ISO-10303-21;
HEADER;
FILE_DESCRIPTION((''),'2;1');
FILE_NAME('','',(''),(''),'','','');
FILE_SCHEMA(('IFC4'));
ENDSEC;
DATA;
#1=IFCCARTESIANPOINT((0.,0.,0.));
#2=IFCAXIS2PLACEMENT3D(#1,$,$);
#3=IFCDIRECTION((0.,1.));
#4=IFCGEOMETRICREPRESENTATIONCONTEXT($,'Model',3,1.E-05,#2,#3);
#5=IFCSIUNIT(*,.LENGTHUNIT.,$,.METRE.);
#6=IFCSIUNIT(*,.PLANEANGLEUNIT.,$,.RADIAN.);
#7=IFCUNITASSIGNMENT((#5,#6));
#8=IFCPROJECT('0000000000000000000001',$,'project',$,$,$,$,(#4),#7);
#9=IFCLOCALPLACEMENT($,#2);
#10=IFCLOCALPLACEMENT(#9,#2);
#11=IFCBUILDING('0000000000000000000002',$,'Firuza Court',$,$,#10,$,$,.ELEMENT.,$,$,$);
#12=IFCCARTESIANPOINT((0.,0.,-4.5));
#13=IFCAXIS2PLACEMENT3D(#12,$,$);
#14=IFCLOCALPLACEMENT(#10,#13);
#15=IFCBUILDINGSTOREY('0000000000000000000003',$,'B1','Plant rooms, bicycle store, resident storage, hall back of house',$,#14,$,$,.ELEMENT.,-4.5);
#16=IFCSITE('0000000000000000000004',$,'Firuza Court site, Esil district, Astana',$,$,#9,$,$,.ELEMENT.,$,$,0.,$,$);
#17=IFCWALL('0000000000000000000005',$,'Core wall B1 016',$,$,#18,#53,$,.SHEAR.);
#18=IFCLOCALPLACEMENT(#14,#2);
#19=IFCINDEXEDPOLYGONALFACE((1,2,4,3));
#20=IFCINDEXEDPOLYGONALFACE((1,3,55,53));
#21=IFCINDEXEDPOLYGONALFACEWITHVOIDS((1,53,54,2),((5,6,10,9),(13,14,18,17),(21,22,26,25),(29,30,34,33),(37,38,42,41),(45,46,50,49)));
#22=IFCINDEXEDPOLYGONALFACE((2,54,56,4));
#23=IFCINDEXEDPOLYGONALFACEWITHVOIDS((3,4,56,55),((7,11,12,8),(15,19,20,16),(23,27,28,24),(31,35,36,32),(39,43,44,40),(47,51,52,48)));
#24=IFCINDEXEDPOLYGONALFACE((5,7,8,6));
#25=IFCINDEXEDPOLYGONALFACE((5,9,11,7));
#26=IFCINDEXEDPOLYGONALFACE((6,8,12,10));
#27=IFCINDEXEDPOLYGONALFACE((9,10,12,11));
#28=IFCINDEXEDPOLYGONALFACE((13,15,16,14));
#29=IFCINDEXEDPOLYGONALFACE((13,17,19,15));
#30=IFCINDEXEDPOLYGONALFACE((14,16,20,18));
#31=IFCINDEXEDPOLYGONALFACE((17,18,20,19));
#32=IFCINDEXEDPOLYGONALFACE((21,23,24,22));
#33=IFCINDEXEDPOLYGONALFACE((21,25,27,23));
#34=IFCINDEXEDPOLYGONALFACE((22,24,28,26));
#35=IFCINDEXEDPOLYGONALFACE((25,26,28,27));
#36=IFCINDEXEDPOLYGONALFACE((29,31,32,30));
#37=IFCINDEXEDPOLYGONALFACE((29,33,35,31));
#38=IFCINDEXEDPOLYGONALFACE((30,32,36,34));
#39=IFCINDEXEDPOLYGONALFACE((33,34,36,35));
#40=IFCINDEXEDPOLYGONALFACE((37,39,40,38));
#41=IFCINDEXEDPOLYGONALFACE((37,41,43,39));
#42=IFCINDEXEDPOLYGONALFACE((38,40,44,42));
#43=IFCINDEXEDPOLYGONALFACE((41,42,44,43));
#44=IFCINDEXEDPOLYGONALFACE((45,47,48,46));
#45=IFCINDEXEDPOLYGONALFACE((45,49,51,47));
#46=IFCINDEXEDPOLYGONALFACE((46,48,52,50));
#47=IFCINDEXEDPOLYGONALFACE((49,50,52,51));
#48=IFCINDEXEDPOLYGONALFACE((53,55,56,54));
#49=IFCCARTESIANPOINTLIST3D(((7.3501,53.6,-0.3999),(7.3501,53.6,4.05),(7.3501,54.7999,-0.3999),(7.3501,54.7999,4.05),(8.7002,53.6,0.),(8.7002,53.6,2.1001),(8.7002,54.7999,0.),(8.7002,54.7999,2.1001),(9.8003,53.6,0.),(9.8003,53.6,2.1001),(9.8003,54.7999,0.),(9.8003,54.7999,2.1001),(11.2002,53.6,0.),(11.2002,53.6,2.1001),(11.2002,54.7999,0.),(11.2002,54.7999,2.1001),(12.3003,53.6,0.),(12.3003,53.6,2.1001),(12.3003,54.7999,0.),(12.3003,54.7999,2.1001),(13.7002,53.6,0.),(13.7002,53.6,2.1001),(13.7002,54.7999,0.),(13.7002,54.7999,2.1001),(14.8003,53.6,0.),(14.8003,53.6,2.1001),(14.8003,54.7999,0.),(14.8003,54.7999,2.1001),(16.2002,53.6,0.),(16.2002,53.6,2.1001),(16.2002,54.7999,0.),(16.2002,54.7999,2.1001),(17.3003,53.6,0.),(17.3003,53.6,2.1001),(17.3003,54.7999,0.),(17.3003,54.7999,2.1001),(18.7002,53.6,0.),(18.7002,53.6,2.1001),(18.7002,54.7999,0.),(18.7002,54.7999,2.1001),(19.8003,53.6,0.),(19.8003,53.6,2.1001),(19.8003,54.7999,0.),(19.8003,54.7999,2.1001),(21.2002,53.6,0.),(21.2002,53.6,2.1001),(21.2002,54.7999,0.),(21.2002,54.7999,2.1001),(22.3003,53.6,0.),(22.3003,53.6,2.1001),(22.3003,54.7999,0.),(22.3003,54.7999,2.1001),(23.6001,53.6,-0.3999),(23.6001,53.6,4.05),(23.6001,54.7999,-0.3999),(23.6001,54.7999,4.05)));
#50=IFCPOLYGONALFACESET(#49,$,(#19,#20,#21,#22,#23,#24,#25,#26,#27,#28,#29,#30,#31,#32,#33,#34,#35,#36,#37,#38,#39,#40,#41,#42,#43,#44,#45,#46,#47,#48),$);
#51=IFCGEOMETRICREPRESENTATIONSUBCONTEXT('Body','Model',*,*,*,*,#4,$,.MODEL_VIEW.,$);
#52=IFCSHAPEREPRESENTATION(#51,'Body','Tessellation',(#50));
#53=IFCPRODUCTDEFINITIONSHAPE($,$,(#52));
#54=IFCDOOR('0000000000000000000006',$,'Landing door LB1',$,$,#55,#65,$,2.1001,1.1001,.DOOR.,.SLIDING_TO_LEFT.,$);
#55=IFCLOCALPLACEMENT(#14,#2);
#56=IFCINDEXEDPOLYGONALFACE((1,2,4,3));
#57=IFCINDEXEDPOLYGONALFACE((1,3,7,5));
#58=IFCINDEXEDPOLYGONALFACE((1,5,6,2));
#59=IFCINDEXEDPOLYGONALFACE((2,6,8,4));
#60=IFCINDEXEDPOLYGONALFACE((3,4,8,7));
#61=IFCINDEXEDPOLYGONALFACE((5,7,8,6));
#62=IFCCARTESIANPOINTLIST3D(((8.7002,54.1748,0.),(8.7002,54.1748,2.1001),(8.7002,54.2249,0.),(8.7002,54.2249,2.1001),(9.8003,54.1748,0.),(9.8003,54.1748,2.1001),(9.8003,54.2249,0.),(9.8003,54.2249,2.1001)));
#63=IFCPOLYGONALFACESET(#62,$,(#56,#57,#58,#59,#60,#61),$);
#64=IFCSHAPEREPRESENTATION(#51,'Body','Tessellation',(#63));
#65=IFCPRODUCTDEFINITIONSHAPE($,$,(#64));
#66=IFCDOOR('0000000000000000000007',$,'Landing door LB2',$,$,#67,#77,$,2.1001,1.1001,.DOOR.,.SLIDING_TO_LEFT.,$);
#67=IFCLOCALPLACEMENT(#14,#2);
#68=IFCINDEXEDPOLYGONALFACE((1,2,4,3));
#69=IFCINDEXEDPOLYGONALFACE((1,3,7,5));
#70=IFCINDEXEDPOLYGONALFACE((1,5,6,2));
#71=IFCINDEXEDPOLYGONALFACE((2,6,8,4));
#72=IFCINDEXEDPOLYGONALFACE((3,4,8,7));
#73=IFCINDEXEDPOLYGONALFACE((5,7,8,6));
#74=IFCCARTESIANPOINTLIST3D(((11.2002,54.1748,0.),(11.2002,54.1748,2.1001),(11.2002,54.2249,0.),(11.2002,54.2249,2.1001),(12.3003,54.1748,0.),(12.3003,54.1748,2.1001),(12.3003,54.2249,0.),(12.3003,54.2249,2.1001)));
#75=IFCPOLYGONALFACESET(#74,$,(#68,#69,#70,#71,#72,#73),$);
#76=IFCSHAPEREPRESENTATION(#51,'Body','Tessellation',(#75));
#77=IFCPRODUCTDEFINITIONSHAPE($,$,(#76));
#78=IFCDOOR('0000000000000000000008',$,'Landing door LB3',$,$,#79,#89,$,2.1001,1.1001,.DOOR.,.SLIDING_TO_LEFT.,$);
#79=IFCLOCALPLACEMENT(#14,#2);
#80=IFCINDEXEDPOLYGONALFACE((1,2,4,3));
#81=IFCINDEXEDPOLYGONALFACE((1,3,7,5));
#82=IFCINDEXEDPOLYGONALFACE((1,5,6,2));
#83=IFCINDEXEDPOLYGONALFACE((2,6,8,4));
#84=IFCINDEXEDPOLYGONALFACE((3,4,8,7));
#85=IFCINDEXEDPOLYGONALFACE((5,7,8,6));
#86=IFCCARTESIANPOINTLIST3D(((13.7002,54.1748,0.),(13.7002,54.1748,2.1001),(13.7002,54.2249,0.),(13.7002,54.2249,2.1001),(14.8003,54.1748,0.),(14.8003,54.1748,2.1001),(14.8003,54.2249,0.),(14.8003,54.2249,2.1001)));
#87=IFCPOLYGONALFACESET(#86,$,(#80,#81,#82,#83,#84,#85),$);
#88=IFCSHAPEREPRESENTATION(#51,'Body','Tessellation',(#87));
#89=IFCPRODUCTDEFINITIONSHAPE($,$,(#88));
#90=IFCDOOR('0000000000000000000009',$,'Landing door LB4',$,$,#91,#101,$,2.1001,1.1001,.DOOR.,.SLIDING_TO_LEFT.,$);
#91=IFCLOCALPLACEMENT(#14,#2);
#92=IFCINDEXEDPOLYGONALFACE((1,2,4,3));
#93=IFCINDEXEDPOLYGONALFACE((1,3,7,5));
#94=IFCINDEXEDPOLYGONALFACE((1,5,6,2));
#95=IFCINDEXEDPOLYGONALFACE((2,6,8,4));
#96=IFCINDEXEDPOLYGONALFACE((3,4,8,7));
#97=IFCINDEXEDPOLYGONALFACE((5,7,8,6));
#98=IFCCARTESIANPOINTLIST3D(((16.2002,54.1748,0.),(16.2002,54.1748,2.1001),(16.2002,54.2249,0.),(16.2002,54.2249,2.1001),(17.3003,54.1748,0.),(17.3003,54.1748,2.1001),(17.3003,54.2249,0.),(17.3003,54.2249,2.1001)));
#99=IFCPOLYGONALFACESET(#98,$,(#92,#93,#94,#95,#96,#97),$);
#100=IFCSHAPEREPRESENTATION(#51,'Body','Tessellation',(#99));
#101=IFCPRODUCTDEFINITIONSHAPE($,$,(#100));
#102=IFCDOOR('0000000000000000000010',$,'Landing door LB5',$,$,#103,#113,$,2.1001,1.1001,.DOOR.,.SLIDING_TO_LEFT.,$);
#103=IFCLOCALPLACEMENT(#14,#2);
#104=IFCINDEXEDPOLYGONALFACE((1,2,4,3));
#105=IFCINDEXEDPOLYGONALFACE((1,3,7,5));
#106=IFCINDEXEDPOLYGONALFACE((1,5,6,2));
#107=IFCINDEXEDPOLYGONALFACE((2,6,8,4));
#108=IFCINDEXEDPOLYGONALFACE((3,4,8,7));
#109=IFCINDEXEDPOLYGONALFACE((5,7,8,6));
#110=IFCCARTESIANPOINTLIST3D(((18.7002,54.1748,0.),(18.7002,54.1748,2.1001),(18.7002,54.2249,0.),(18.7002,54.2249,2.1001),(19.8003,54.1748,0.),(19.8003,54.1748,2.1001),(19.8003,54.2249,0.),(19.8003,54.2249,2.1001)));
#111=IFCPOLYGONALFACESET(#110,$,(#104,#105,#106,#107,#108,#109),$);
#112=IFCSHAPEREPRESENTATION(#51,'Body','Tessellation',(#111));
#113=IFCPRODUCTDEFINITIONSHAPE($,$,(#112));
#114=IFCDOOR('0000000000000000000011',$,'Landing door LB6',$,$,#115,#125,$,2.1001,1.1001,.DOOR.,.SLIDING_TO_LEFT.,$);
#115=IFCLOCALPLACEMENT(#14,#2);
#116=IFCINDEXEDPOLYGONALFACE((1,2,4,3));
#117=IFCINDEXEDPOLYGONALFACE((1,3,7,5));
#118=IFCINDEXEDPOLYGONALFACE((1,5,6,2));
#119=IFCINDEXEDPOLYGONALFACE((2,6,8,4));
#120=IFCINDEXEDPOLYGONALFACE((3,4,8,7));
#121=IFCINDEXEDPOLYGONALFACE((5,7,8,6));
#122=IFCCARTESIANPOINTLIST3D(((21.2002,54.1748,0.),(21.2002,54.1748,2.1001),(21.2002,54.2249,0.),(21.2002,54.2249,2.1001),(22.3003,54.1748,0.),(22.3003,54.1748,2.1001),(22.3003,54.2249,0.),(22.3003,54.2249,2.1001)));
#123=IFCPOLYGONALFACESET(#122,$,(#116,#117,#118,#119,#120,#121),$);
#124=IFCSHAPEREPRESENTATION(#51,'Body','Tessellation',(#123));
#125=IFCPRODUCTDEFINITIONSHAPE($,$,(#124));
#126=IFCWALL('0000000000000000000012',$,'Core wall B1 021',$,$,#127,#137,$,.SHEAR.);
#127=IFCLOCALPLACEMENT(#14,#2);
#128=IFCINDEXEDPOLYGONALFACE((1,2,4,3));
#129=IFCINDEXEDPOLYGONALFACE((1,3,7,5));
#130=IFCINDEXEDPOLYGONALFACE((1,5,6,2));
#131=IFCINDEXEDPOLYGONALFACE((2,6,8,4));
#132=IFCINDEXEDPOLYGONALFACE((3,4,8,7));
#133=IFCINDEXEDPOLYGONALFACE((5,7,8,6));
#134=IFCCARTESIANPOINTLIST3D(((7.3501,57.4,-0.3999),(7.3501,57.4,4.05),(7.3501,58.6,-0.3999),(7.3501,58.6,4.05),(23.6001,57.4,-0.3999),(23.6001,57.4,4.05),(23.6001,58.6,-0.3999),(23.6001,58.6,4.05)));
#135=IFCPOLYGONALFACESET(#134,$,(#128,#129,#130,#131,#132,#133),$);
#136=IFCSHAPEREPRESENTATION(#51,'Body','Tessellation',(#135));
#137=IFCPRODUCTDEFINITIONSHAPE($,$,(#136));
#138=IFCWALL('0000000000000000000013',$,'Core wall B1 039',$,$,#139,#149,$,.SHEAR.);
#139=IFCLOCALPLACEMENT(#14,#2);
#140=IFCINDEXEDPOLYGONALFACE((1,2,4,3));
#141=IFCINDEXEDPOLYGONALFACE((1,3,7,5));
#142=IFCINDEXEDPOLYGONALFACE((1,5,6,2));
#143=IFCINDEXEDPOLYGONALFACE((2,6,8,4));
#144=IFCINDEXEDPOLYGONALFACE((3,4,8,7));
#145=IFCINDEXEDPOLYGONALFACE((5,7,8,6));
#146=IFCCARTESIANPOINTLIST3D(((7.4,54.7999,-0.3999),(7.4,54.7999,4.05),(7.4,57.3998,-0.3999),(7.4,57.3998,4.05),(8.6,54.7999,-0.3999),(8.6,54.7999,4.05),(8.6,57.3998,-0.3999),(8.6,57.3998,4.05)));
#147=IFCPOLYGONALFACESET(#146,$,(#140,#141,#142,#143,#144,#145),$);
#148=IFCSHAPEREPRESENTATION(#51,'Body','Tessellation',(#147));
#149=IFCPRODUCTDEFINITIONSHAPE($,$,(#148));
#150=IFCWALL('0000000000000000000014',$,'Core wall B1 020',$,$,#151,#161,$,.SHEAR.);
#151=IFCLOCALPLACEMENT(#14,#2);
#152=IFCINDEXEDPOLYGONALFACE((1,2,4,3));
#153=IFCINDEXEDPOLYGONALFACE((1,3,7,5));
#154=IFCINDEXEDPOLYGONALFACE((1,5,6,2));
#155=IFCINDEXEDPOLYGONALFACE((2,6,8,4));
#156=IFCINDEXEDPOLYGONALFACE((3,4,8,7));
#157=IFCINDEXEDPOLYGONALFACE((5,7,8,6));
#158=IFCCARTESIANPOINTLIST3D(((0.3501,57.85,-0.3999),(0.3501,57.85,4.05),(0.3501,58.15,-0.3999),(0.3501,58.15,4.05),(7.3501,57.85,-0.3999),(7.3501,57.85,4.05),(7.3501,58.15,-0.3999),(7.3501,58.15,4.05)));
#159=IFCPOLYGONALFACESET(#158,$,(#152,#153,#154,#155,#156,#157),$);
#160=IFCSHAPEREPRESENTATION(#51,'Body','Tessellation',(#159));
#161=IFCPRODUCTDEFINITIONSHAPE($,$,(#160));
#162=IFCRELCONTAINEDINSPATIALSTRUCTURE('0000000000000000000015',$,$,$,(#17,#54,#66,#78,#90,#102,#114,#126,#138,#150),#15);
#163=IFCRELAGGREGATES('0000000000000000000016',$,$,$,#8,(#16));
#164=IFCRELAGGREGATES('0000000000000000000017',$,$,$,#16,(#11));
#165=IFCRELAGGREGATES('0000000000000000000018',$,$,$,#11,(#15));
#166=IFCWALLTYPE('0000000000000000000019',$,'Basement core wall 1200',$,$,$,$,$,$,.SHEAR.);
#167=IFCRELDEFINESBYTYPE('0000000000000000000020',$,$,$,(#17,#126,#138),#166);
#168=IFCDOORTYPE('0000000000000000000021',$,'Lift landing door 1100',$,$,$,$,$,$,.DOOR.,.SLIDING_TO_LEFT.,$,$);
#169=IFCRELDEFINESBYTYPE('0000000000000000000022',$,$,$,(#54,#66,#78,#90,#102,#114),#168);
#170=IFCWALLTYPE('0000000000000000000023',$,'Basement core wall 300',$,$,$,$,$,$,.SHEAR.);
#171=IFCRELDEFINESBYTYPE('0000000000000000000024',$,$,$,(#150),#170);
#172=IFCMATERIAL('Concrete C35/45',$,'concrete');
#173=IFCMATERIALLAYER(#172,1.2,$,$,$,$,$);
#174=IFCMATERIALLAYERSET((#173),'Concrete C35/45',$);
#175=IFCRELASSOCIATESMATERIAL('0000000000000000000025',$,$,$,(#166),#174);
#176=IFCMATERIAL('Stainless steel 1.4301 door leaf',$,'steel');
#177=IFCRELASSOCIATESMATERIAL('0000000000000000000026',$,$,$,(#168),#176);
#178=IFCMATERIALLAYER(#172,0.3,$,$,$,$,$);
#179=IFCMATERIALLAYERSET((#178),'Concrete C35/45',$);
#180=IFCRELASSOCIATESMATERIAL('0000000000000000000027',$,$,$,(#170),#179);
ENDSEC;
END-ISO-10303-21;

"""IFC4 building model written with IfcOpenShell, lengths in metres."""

from ifc_helpers import new_model, si_unit, direction, frame, frame_2d, origin, place, context, subcontext, project, spatial, rectangle, extrude, material, layer, layer_set, type_object, element, fill, save


model = new_model("IFC4")

# Units and contexts
model_context = context("Model", 3, precision=1e-05, world=origin(), true_north=direction((0.0, 1.0)))
body_context = subcontext(model_context, "Body", "Model", "MODEL_VIEW")
ifc_project = project(units=[si_unit("LENGTHUNIT", "METRE"), si_unit("PLANEANGLEUNIT", "RADIAN")], contexts=[model_context])

# Site, building, storey
site_placement = place(None, origin())
site = spatial("IfcSite", under=ifc_project, at=site_placement, Name="Firuza Court site, Esil district, Astana", CompositionType="ELEMENT", RefElevation=0.0)
building_placement = place(site_placement, origin())
building = spatial("IfcBuilding", under=site, at=building_placement, Name="Firuza Court", CompositionType="ELEMENT")
storey_placement = place(building_placement, frame((0.0, 0.0, -4.5)))
storey = spatial("IfcBuildingStorey", under=building, at=storey_placement, Name="B1", Description="Plant rooms, bicycle store, resident storage, hall back of house", CompositionType="ELEMENT", Elevation=-4.5)

# Wall, openings, doors
ifc_material_1 = material(Name="Concrete C35/45", Category="concrete")
ifc_layer_1 = layer(ifc_material_1, 1.2)
ifc_layer_set_1 = layer_set([ifc_layer_1], Name="Concrete C35/45")
wall_type_1 = type_object("IfcWallType", Name="Basement core wall 1200", PredefinedType="SHEAR", material=ifc_layer_set_1)
wall_1_placement = place(storey_placement, frame((7.3501, 54.2, -0.3999), z_axis=(0.0, 0.0, 1.0), x_axis=(1.0, 0.0, 0.0)))
wall_1 = element("IfcWall", 1, at=wall_1_placement, inside=storey, type_object=wall_type_1, Name="Core wall B1 016", PredefinedType="SHEAR", context=body_context, shape_type="SweptSolid", body=[
    extrude(rectangle(XDim=16.25, YDim=1.2, at=frame_2d((8.125, 0.0))), origin(), (0.0, 0.0, 1.0), 4.45),
])
opening_1_placement = place(wall_1_placement, frame((1.3501, 0.0, 0.3999)))
opening_1 = element("IfcOpeningElement", 2, at=opening_1_placement, cuts=wall_1, PredefinedType="OPENING", context=body_context, shape_type="SweptSolid", body=[
    extrude(rectangle(XDim=1.1001, YDim=2.1001, at=frame_2d((0.55, 1.05))), frame((0.0, 0.6118, 0.0), z_axis=(0.0, -1.0, 0.0), x_axis=(1.0, 0.0, 0.0)), (0.0, 0.0, 1.0), 1.2239),
])
opening_2_placement = place(wall_1_placement, frame((3.8501, 0.0, 0.3999)))
opening_2 = element("IfcOpeningElement", 3, at=opening_2_placement, cuts=wall_1, PredefinedType="OPENING", context=body_context, shape_type="SweptSolid", body=[
    extrude(rectangle(XDim=1.1001, YDim=2.1001, at=frame_2d((0.55, 1.05))), frame((0.0, 0.6118, 0.0), z_axis=(0.0, -1.0, 0.0), x_axis=(1.0, 0.0, 0.0)), (0.0, 0.0, 1.0), 1.2239),
])
opening_3_placement = place(wall_1_placement, frame((6.3501, 0.0, 0.3999)))
opening_3 = element("IfcOpeningElement", 4, at=opening_3_placement, cuts=wall_1, PredefinedType="OPENING", context=body_context, shape_type="SweptSolid", body=[
    extrude(rectangle(XDim=1.1001, YDim=2.1001, at=frame_2d((0.55, 1.05))), frame((0.0, 0.6118, 0.0), z_axis=(0.0, -1.0, 0.0), x_axis=(1.0, 0.0, 0.0)), (0.0, 0.0, 1.0), 1.2239),
])
opening_4_placement = place(wall_1_placement, frame((8.8501, 0.0, 0.3999)))
opening_4 = element("IfcOpeningElement", 5, at=opening_4_placement, cuts=wall_1, PredefinedType="OPENING", context=body_context, shape_type="SweptSolid", body=[
    extrude(rectangle(XDim=1.1001, YDim=2.1001, at=frame_2d((0.55, 1.05))), frame((0.0, 0.6118, 0.0), z_axis=(0.0, -1.0, 0.0), x_axis=(1.0, 0.0, 0.0)), (0.0, 0.0, 1.0), 1.2239),
])
opening_5_placement = place(wall_1_placement, frame((11.3501, 0.0, 0.3999)))
opening_5 = element("IfcOpeningElement", 6, at=opening_5_placement, cuts=wall_1, PredefinedType="OPENING", context=body_context, shape_type="SweptSolid", body=[
    extrude(rectangle(XDim=1.1001, YDim=2.1001, at=frame_2d((0.55, 1.05))), frame((0.0, 0.6118, 0.0), z_axis=(0.0, -1.0, 0.0), x_axis=(1.0, 0.0, 0.0)), (0.0, 0.0, 1.0), 1.2239),
])
opening_6_placement = place(wall_1_placement, frame((13.8501, 0.0, 0.3999)))
opening_6 = element("IfcOpeningElement", 7, at=opening_6_placement, cuts=wall_1, PredefinedType="OPENING", context=body_context, shape_type="SweptSolid", body=[
    extrude(rectangle(XDim=1.1001, YDim=2.1001, at=frame_2d((0.55, 1.05))), frame((0.0, 0.6118, 0.0), z_axis=(0.0, -1.0, 0.0), x_axis=(1.0, 0.0, 0.0)), (0.0, 0.0, 1.0), 1.2239),
])
ifc_material_2 = material(Name="Stainless steel 1.4301 door leaf", Category="steel")
door_type = type_object("IfcDoorType", Name="Lift landing door 1100", OperationType="SLIDING_TO_LEFT", PredefinedType="DOOR", material=ifc_material_2)
door_1_placement = place(opening_1_placement, origin())
door_1 = element("IfcDoor", 8, at=door_1_placement, inside=storey, type_object=door_type, Name="Landing door LB1", OperationType="SLIDING_TO_LEFT", OverallHeight=2.1001, OverallWidth=1.1001, PredefinedType="DOOR", context=body_context, shape_type="SweptSolid", body=[
    extrude(rectangle(XDim=1.1001, YDim=2.1001, at=frame_2d((0.55, 1.05))), frame((0.0, 0.0249, 0.0), z_axis=(0.0, -1.0, 0.0), x_axis=(1.0, 0.0, 0.0)), (0.0, 0.0, 1.0), 0.05),
])
fill(opening_1, door_1)
door_2_placement = place(opening_2_placement, origin())
door_2 = element("IfcDoor", 9, at=door_2_placement, inside=storey, type_object=door_type, Name="Landing door LB2", OperationType="SLIDING_TO_LEFT", OverallHeight=2.1001, OverallWidth=1.1001, PredefinedType="DOOR", context=body_context, shape_type="SweptSolid", body=[
    extrude(rectangle(XDim=1.1001, YDim=2.1001, at=frame_2d((0.55, 1.05))), frame((0.0, 0.0249, 0.0), z_axis=(0.0, -1.0, 0.0), x_axis=(1.0, 0.0, 0.0)), (0.0, 0.0, 1.0), 0.05),
])
fill(opening_2, door_2)
door_3_placement = place(opening_3_placement, origin())
door_3 = element("IfcDoor", 10, at=door_3_placement, inside=storey, type_object=door_type, Name="Landing door LB3", OperationType="SLIDING_TO_LEFT", OverallHeight=2.1001, OverallWidth=1.1001, PredefinedType="DOOR", context=body_context, shape_type="SweptSolid", body=[
    extrude(rectangle(XDim=1.1001, YDim=2.1001, at=frame_2d((0.55, 1.05))), frame((0.0, 0.0249, 0.0), z_axis=(0.0, -1.0, 0.0), x_axis=(1.0, 0.0, 0.0)), (0.0, 0.0, 1.0), 0.05),
])
fill(opening_3, door_3)
door_4_placement = place(opening_4_placement, origin())
door_4 = element("IfcDoor", 11, at=door_4_placement, inside=storey, type_object=door_type, Name="Landing door LB4", OperationType="SLIDING_TO_LEFT", OverallHeight=2.1001, OverallWidth=1.1001, PredefinedType="DOOR", context=body_context, shape_type="SweptSolid", body=[
    extrude(rectangle(XDim=1.1001, YDim=2.1001, at=frame_2d((0.55, 1.05))), frame((0.0, 0.0249, 0.0), z_axis=(0.0, -1.0, 0.0), x_axis=(1.0, 0.0, 0.0)), (0.0, 0.0, 1.0), 0.05),
])
fill(opening_4, door_4)
door_5_placement = place(opening_5_placement, origin())
door_5 = element("IfcDoor", 12, at=door_5_placement, inside=storey, type_object=door_type, Name="Landing door LB5", OperationType="SLIDING_TO_LEFT", OverallHeight=2.1001, OverallWidth=1.1001, PredefinedType="DOOR", context=body_context, shape_type="SweptSolid", body=[
    extrude(rectangle(XDim=1.1001, YDim=2.1001, at=frame_2d((0.55, 1.05))), frame((0.0, 0.0249, 0.0), z_axis=(0.0, -1.0, 0.0), x_axis=(1.0, 0.0, 0.0)), (0.0, 0.0, 1.0), 0.05),
])
fill(opening_5, door_5)
door_6_placement = place(opening_6_placement, origin())
door_6 = element("IfcDoor", 13, at=door_6_placement, inside=storey, type_object=door_type, Name="Landing door LB6", OperationType="SLIDING_TO_LEFT", OverallHeight=2.1001, OverallWidth=1.1001, PredefinedType="DOOR", context=body_context, shape_type="SweptSolid", body=[
    extrude(rectangle(XDim=1.1001, YDim=2.1001, at=frame_2d((0.55, 1.05))), frame((0.0, 0.0249, 0.0), z_axis=(0.0, -1.0, 0.0), x_axis=(1.0, 0.0, 0.0)), (0.0, 0.0, 1.0), 0.05),
])
fill(opening_6, door_6)

# Walls
wall_2_placement = place(storey_placement, frame((7.3501, 58.0, -0.3999), z_axis=(0.0, 0.0, 1.0), x_axis=(1.0, 0.0, 0.0)))
element("IfcWall", 14, at=wall_2_placement, inside=storey, type_object=wall_type_1, Name="Core wall B1 021", PredefinedType="SHEAR", context=body_context, shape_type="SweptSolid", body=[
    extrude(rectangle(XDim=16.25, YDim=1.2, at=frame_2d((8.125, 0.0))), origin(), (0.0, 0.0, 1.0), 4.45),
])
wall_3_placement = place(storey_placement, frame((8.0, 54.8, -0.3999), z_axis=(0.0, 0.0, 1.0), x_axis=(0.0, 1.0, 0.0)))
element("IfcWall", 15, at=wall_3_placement, inside=storey, type_object=wall_type_1, Name="Core wall B1 039", PredefinedType="SHEAR", context=body_context, shape_type="SweptSolid", body=[
    extrude(rectangle(XDim=2.5999, YDim=1.2, at=frame_2d((1.2998, 0.0))), origin(), (0.0, 0.0, 1.0), 4.45),
])
ifc_layer_2 = layer(ifc_material_1, 0.3)
ifc_layer_set_2 = layer_set([ifc_layer_2], Name="Concrete C35/45")
wall_type_2 = type_object("IfcWallType", Name="Basement core wall 300", PredefinedType="SHEAR", material=ifc_layer_set_2)
wall_4_placement = place(storey_placement, frame((0.3501, 58.0, -0.3999), z_axis=(0.0, 0.0, 1.0), x_axis=(1.0, 0.0, 0.0)))
element("IfcWall", 16, at=wall_4_placement, inside=storey, type_object=wall_type_2, Name="Core wall B1 020", PredefinedType="SHEAR", context=body_context, shape_type="SweptSolid", body=[
    extrude(rectangle(XDim=7.0, YDim=0.3, at=frame_2d((3.5, 0.0))), origin(), (0.0, 0.0, 1.0), 4.45),
])

save(model, "model.ifc")
